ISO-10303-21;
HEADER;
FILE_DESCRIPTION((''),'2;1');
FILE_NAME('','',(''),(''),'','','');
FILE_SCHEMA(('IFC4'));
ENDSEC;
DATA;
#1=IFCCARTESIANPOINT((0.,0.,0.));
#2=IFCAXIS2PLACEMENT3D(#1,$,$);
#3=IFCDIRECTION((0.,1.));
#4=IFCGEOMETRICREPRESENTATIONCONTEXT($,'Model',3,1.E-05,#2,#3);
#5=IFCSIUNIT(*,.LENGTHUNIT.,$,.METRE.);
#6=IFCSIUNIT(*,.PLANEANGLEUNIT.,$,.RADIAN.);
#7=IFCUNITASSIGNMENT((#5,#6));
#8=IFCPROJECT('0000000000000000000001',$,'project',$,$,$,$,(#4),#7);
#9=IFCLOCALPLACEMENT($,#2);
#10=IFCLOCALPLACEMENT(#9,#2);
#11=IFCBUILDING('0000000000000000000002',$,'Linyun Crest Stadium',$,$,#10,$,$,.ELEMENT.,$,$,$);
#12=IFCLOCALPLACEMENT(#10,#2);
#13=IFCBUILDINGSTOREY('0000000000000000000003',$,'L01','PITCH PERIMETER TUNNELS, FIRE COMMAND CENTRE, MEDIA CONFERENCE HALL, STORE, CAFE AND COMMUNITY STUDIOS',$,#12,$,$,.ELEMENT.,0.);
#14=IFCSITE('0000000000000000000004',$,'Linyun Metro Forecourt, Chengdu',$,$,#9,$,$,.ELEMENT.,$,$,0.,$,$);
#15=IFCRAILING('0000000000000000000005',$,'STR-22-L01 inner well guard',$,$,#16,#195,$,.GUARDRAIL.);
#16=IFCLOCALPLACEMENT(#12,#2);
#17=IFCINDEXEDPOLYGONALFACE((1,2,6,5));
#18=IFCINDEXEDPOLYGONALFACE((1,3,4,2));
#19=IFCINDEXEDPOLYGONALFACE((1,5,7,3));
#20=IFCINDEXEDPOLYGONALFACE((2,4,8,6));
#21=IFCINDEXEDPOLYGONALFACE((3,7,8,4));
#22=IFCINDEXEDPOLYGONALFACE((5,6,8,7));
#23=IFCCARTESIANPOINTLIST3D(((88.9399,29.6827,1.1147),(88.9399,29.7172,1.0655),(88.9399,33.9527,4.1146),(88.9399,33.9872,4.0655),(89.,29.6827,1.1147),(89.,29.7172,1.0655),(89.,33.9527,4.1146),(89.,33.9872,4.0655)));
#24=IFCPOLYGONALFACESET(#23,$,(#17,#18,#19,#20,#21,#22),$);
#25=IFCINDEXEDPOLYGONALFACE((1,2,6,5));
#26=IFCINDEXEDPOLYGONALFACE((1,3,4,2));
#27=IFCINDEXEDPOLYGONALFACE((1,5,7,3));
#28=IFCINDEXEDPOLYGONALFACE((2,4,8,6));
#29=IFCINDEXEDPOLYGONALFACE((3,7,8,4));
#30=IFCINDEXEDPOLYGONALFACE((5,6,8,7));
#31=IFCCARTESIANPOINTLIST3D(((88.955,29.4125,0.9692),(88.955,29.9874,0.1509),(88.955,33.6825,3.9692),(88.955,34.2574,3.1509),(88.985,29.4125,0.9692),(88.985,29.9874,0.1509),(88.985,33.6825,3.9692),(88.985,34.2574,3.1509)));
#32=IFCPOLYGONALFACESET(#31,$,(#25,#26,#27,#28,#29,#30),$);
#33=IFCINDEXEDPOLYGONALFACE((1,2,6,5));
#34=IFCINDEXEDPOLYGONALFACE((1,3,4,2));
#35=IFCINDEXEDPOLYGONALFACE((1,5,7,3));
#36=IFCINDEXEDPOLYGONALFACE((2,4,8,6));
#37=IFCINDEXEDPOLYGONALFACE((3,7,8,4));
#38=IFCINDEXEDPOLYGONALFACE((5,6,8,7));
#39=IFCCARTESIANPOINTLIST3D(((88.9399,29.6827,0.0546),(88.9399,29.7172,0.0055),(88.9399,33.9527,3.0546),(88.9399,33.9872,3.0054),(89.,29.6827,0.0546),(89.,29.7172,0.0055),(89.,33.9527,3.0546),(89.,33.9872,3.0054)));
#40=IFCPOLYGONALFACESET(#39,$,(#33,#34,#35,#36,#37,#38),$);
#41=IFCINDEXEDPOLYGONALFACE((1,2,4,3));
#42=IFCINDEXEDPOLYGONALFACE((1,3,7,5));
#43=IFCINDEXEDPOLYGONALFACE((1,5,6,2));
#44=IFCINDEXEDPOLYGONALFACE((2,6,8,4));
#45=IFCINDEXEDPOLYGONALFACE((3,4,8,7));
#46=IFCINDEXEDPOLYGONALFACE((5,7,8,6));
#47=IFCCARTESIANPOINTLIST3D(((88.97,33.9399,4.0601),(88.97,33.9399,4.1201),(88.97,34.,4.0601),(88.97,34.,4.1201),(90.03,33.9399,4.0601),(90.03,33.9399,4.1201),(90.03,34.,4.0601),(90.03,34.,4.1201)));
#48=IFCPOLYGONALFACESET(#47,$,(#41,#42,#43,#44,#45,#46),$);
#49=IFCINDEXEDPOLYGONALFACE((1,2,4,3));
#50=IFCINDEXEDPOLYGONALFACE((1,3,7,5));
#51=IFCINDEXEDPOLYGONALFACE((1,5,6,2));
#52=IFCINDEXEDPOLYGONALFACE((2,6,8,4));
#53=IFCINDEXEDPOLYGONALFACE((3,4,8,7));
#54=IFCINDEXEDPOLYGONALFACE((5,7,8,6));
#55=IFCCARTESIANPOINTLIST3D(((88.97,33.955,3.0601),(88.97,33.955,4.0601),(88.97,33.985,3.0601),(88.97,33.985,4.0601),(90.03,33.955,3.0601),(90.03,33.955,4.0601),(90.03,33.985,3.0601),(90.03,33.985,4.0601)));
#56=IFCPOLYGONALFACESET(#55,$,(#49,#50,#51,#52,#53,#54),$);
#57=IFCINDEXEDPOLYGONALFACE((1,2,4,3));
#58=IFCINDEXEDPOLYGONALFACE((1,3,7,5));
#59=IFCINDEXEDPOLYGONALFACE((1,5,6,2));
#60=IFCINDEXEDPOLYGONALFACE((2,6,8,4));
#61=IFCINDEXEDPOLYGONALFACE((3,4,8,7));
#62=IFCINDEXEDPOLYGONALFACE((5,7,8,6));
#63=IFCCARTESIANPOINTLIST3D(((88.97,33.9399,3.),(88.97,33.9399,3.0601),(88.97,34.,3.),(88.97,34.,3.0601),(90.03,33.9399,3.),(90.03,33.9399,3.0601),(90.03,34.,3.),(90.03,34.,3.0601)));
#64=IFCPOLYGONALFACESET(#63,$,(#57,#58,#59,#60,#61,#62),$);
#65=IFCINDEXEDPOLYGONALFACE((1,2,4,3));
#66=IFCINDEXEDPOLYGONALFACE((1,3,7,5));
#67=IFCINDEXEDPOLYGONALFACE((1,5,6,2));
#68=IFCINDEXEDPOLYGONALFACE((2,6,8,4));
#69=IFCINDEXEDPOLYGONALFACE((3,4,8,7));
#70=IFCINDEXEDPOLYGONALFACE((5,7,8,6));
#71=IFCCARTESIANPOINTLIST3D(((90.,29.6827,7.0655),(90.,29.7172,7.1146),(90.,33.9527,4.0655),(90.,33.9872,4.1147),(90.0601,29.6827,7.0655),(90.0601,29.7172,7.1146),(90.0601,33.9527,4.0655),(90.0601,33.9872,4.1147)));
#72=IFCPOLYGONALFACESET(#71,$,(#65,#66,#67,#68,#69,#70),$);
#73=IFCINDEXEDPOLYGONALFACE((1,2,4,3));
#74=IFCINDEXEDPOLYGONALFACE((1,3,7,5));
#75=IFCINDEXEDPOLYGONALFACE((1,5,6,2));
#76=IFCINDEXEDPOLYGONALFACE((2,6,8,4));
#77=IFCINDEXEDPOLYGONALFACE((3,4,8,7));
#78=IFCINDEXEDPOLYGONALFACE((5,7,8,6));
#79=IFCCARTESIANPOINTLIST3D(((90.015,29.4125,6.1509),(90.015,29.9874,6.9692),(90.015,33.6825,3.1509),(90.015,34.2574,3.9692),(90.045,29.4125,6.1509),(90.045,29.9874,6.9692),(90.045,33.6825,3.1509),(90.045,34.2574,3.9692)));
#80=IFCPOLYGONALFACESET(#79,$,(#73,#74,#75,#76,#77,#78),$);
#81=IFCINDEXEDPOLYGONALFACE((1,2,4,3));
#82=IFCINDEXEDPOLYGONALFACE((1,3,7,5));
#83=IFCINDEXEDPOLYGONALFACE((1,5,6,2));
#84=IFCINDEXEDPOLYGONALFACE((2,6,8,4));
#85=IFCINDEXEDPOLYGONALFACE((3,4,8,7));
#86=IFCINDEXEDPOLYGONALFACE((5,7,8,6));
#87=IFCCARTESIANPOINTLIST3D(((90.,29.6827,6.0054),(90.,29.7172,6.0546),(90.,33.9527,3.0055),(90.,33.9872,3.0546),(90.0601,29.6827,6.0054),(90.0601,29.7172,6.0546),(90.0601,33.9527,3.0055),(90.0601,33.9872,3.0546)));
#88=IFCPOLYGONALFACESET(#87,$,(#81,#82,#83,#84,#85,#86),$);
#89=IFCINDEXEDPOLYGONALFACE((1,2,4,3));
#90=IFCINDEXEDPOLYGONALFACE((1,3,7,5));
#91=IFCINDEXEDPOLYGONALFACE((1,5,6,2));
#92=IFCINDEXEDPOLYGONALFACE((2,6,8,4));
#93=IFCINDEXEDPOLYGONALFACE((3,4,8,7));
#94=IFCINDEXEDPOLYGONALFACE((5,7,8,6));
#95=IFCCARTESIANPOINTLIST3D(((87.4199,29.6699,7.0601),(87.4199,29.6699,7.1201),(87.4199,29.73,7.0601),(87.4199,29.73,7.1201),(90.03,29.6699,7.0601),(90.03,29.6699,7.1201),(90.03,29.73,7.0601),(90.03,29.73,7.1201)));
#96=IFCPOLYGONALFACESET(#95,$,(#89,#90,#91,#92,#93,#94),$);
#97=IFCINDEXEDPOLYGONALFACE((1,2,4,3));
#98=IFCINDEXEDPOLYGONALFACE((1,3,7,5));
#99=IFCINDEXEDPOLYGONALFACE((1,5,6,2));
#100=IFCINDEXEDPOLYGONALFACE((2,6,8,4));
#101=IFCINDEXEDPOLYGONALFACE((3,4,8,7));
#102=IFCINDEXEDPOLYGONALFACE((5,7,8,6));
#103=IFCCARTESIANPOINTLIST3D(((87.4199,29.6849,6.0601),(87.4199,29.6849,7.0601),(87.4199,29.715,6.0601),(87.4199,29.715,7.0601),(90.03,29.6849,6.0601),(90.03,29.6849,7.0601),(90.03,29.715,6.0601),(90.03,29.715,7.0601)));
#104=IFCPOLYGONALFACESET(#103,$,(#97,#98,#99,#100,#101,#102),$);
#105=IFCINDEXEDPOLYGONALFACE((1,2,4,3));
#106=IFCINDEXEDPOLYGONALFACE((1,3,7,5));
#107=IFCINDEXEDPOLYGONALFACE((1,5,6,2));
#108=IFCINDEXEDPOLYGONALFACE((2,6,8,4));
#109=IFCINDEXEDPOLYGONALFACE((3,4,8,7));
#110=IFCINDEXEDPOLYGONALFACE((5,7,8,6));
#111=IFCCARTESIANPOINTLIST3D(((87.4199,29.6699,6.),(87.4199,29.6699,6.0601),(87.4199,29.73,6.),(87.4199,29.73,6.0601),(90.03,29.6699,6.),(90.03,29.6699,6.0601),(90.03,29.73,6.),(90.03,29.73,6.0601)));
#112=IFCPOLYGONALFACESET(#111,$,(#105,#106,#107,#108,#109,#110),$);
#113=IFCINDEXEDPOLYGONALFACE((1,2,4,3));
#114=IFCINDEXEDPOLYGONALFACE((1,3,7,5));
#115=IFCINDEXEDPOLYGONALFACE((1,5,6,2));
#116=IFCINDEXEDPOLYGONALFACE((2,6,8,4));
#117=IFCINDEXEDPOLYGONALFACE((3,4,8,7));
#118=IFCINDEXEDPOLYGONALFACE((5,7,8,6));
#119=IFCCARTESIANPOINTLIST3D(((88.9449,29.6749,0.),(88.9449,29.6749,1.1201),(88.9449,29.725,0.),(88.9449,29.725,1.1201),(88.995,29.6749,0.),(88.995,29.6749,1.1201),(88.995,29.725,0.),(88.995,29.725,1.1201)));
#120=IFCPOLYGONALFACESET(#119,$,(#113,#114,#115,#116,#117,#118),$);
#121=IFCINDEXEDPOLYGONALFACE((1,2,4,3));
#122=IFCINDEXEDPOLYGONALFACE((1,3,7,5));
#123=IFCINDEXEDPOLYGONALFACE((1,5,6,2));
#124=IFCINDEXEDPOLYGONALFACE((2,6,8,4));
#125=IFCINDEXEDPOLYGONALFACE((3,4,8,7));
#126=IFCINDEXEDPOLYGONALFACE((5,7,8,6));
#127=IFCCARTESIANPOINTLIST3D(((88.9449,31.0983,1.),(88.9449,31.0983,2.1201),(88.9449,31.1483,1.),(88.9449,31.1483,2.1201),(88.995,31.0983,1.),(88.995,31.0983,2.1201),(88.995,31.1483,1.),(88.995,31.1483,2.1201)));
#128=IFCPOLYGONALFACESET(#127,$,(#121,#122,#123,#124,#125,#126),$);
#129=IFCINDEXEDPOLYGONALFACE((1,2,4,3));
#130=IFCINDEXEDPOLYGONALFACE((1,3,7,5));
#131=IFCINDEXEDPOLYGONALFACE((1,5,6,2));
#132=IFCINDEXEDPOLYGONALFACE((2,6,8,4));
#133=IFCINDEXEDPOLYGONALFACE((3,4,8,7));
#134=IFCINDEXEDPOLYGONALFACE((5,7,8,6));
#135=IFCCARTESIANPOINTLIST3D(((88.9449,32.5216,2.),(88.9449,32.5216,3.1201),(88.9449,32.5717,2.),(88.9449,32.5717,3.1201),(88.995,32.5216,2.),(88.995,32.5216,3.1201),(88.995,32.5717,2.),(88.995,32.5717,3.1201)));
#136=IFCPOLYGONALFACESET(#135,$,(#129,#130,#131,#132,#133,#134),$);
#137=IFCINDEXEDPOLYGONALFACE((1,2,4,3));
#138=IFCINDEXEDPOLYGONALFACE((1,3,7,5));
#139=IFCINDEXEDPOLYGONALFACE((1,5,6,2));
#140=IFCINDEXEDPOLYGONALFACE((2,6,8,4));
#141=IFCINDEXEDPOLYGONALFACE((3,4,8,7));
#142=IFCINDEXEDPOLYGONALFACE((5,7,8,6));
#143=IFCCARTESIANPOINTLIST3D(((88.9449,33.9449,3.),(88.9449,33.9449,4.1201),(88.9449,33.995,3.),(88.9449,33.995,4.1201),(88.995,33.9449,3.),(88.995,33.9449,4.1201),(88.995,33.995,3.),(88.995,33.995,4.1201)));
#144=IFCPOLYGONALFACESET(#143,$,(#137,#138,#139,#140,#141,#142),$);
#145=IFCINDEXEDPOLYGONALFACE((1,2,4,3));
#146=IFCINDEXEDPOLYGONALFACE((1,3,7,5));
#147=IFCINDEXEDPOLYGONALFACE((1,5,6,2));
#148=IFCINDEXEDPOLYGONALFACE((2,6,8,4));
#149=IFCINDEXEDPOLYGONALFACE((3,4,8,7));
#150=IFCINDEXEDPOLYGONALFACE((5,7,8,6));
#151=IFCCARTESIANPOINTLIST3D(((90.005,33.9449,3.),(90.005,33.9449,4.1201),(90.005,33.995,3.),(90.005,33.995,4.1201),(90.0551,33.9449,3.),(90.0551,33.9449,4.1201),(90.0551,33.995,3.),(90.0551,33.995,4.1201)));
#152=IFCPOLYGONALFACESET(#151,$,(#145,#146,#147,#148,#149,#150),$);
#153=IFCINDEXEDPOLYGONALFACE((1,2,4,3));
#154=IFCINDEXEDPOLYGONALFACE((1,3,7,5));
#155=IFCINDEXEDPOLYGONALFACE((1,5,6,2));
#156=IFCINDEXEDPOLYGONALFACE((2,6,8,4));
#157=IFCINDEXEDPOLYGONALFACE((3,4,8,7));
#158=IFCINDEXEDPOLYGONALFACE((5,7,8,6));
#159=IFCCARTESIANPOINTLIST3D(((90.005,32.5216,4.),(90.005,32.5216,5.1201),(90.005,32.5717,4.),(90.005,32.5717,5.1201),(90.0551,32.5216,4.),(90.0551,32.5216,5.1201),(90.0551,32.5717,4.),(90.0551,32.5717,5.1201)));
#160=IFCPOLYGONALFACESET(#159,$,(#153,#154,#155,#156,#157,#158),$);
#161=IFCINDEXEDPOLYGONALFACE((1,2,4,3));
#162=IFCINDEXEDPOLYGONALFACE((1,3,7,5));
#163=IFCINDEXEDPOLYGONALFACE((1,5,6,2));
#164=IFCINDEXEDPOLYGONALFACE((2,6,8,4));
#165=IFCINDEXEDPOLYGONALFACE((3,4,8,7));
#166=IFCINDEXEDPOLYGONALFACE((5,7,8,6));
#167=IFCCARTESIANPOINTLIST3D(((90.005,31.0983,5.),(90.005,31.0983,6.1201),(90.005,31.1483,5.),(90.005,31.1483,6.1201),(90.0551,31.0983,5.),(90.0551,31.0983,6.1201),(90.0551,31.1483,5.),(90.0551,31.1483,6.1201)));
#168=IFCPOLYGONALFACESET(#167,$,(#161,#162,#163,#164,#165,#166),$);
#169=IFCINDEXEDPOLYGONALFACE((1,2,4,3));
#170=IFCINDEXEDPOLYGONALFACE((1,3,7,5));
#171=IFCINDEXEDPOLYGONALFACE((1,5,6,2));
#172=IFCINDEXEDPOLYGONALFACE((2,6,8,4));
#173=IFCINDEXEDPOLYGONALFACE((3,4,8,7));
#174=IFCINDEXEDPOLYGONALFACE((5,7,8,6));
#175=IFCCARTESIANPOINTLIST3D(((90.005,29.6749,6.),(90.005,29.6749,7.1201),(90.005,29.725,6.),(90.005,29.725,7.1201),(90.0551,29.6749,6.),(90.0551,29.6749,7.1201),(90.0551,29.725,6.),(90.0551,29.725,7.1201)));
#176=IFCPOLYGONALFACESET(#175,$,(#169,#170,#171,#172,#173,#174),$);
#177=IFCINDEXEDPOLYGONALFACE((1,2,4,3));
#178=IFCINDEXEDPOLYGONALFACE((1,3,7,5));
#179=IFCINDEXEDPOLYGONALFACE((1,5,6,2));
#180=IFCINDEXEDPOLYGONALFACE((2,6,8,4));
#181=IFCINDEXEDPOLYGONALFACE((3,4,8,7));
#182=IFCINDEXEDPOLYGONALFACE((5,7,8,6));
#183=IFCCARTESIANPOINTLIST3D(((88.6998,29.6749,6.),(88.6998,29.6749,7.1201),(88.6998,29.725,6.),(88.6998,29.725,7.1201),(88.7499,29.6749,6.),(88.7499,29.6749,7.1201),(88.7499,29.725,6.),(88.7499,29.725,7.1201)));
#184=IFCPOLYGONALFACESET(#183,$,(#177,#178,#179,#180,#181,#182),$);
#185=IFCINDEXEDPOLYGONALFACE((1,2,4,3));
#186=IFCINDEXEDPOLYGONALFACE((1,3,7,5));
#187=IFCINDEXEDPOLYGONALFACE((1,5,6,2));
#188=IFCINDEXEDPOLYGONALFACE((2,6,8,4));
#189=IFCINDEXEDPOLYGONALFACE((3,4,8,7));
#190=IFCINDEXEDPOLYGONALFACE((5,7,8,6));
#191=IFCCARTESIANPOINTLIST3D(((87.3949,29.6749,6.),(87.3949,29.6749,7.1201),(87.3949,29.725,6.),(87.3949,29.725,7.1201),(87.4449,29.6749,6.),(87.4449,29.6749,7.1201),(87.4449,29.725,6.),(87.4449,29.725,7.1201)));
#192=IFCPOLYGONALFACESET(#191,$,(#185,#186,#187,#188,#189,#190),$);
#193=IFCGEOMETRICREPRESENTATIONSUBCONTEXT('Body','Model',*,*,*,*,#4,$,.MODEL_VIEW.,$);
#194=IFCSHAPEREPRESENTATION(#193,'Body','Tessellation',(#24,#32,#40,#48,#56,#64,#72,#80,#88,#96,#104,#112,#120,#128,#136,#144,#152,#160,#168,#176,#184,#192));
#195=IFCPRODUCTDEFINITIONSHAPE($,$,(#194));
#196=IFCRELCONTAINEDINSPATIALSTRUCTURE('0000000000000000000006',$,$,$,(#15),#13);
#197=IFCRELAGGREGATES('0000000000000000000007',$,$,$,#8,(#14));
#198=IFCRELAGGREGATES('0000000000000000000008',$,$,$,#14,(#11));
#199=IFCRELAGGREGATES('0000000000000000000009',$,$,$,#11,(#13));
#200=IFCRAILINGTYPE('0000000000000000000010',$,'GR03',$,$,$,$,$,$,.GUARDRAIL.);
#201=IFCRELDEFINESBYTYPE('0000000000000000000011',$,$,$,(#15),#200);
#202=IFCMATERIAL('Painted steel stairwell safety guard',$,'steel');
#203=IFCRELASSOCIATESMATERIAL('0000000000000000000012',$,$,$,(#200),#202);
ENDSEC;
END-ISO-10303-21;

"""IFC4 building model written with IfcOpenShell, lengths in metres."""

from ifc_helpers import new_model, si_unit, direction, frame, origin, origin_2d, place, context, subcontext, project, spatial, rectangle, extrude, material, type_object, element, save


model = new_model("IFC4")

# Units and contexts
model_context = context("Model", 3, precision=1e-05, world=origin(), true_north=direction((0.0, 1.0)))
body_context = subcontext(model_context, "Body", "Model", "MODEL_VIEW")
ifc_project = project(units=[si_unit("LENGTHUNIT", "METRE"), si_unit("PLANEANGLEUNIT", "RADIAN")], contexts=[model_context])

# Site, building, storey
site_placement = place(None, origin())
site = spatial("IfcSite", under=ifc_project, at=site_placement, Name="Linyun Metro Forecourt, Chengdu", CompositionType="ELEMENT", RefElevation=0.0)
building_placement = place(site_placement, origin())
building = spatial("IfcBuilding", under=site, at=building_placement, Name="Linyun Crest Stadium", CompositionType="ELEMENT")
storey_placement = place(building_placement, origin())
storey = spatial("IfcBuildingStorey", under=building, at=storey_placement, Name="L01", Description="PITCH PERIMETER TUNNELS, FIRE COMMAND CENTRE, MEDIA CONFERENCE HALL, STORE, CAFE AND COMMUNITY STUDIOS", CompositionType="ELEMENT", Elevation=0.0)

# Railing
ifc_material_1 = material(Name="Painted steel stairwell safety guard", Category="steel")
railing_type_1 = type_object("IfcRailingType", Name="GR03", PredefinedType="GUARDRAIL", material=ifc_material_1)
railing_1_placement = place(storey_placement, frame((88.97, 29.7, 0.0)))
element("IfcRailing", 1, at=railing_1_placement, inside=storey, type_object=railing_type_1, Name="STR-22-L01 inner well guard", PredefinedType="GUARDRAIL", context=body_context, shape_type="SweptSolid", body=[
    extrude(rectangle(XDim=0.0601, YDim=0.0601, at=origin_2d()), frame((0.0, 0.0, 1.0901), z_axis=(0.0, 0.818242, 0.574874), x_axis=(-1.0, 0.0, 0.0)), (0.0, 0.0, 1.0), 5.2185),
    extrude(rectangle(XDim=0.03, YDim=1.0, at=origin_2d()), frame((0.0, 0.0, 0.5601), z_axis=(0.0, 0.818242, 0.574874), x_axis=(-1.0, 0.0, 0.0)), (0.0, 0.0, 1.0), 5.2185),
    extrude(rectangle(XDim=0.0601, YDim=0.0601, at=origin_2d()), frame((0.0, 0.0, 0.03), z_axis=(0.0, 0.818242, 0.574874), x_axis=(-1.0, 0.0, 0.0)), (0.0, 0.0, 1.0), 5.2185),
    extrude(rectangle(XDim=0.0601, YDim=0.0601, at=origin_2d()), frame((0.0, 4.27, 4.0901), z_axis=(1.0, 0.0, 0.0), x_axis=(0.0, 1.0, 0.0)), (0.0, 0.0, 1.0), 1.0601),
    extrude(rectangle(XDim=0.03, YDim=1.0, at=origin_2d()), frame((0.0, 4.27, 3.5601), z_axis=(1.0, 0.0, 0.0), x_axis=(0.0, 1.0, 0.0)), (0.0, 0.0, 1.0), 1.0601),
    extrude(rectangle(XDim=0.0601, YDim=0.0601, at=origin_2d()), frame((0.0, 4.27, 3.03), z_axis=(1.0, 0.0, 0.0), x_axis=(0.0, 1.0, 0.0)), (0.0, 0.0, 1.0), 1.0601),
    extrude(rectangle(XDim=0.0601, YDim=0.0601, at=origin_2d()), frame((1.0601, 4.27, 4.0901), z_axis=(0.0, -0.818242, 0.574874), x_axis=(1.0, 0.0, 0.0)), (0.0, 0.0, 1.0), 5.2185),
    extrude(rectangle(XDim=0.03, YDim=1.0, at=origin_2d()), frame((1.0601, 4.27, 3.5601), z_axis=(0.0, -0.818242, 0.574874), x_axis=(1.0, 0.0, 0.0)), (0.0, 0.0, 1.0), 5.2185),
    extrude(rectangle(XDim=0.0601, YDim=0.0601, at=origin_2d()), frame((1.0601, 4.27, 3.03), z_axis=(0.0, -0.818242, 0.574874), x_axis=(1.0, 0.0, 0.0)), (0.0, 0.0, 1.0), 5.2185),
    extrude(rectangle(XDim=0.0601, YDim=0.0601, at=origin_2d()), frame((1.0601, 0.0, 7.0901), z_axis=(-1.0, 0.0, 0.0), x_axis=(0.0, -1.0, 0.0)), (0.0, 0.0, 1.0), 2.6101),
    extrude(rectangle(XDim=0.03, YDim=1.0, at=origin_2d()), frame((1.0601, 0.0, 6.5601), z_axis=(-1.0, 0.0, 0.0), x_axis=(0.0, -1.0, 0.0)), (0.0, 0.0, 1.0), 2.6101),
    extrude(rectangle(XDim=0.0601, YDim=0.0601, at=origin_2d()), frame((1.0601, 0.0, 6.03), z_axis=(-1.0, 0.0, 0.0), x_axis=(0.0, -1.0, 0.0)), (0.0, 0.0, 1.0), 2.6101),
    extrude(rectangle(XDim=0.05, YDim=0.05, at=origin_2d()), origin(), (0.0, 0.0, 1.0), 1.1201),
    extrude(rectangle(XDim=0.05, YDim=0.05, at=origin_2d()), frame((0.0, 1.4233, 1.0)), (0.0, 0.0, 1.0), 1.1201),
    extrude(rectangle(XDim=0.05, YDim=0.05, at=origin_2d()), frame((0.0, 2.8467, 2.0)), (0.0, 0.0, 1.0), 1.1201),
    extrude(rectangle(XDim=0.05, YDim=0.05, at=origin_2d()), frame((0.0, 4.27, 3.0)), (0.0, 0.0, 1.0), 1.1201),
    extrude(rectangle(XDim=0.05, YDim=0.05, at=origin_2d()), frame((1.0601, 4.27, 3.0)), (0.0, 0.0, 1.0), 1.1201),
    extrude(rectangle(XDim=0.05, YDim=0.05, at=origin_2d()), frame((1.0601, 2.8467, 4.0)), (0.0, 0.0, 1.0), 1.1201),
    extrude(rectangle(XDim=0.05, YDim=0.05, at=origin_2d()), frame((1.0601, 1.4233, 5.0)), (0.0, 0.0, 1.0), 1.1201),
    extrude(rectangle(XDim=0.05, YDim=0.05, at=origin_2d()), frame((1.0601, 0.0, 6.0)), (0.0, 0.0, 1.0), 1.1201),
    extrude(rectangle(XDim=0.05, YDim=0.05, at=origin_2d()), frame((-0.2451, 0.0, 6.0)), (0.0, 0.0, 1.0), 1.1201),
    extrude(rectangle(XDim=0.05, YDim=0.05, at=origin_2d()), frame((-1.55, 0.0, 6.0)), (0.0, 0.0, 1.0), 1.1201),
])

save(model, "model.ifc")
